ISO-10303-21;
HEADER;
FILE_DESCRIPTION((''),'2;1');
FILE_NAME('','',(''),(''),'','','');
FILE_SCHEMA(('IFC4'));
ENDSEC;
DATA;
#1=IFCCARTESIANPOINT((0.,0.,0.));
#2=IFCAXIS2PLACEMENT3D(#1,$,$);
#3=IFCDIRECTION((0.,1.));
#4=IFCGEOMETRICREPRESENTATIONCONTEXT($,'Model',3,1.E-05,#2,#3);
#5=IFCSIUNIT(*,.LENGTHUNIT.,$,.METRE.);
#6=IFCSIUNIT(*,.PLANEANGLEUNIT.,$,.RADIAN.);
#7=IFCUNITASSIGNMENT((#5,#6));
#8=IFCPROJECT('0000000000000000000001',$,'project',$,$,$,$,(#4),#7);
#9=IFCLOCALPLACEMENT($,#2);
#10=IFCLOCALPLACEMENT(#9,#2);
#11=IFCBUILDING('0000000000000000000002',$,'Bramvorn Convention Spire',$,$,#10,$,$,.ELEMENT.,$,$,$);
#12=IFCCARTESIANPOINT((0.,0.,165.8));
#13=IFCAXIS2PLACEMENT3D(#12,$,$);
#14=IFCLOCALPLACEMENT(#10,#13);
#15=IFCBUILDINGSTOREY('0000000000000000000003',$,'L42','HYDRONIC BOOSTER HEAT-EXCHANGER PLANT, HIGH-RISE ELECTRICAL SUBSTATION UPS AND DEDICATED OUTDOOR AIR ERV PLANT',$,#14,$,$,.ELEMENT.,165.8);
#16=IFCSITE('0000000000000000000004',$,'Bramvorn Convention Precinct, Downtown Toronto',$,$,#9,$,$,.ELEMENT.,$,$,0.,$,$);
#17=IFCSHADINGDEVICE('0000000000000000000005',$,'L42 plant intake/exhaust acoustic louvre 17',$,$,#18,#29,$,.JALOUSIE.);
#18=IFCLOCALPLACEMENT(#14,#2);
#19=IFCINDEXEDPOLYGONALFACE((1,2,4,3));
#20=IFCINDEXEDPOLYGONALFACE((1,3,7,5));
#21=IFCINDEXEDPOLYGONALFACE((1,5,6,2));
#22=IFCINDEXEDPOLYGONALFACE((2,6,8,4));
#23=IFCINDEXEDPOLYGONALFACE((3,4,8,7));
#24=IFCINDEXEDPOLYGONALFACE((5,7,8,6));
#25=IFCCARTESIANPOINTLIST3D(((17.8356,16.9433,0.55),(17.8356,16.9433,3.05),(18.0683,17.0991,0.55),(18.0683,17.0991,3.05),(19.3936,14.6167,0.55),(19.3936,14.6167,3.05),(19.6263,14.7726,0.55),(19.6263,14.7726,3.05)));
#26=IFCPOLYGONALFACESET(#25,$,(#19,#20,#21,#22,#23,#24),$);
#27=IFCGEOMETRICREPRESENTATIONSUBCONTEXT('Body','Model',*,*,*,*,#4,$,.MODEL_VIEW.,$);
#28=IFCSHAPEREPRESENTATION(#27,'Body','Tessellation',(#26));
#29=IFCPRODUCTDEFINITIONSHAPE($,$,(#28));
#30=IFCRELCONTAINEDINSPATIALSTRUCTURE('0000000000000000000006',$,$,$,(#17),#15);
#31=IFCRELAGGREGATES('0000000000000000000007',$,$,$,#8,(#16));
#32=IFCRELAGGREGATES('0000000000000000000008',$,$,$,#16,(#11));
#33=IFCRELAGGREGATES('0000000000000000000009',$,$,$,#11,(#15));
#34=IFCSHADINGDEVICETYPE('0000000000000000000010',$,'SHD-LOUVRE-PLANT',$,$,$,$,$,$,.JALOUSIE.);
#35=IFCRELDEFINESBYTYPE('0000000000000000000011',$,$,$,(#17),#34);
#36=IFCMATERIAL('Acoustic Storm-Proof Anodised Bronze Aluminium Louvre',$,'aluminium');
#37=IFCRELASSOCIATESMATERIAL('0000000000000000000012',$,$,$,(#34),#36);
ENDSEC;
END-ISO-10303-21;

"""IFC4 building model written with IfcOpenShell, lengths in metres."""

from ifc_helpers import new_model, si_unit, direction, frame, origin, origin_2d, place, context, subcontext, project, spatial, rectangle, extrude, material, type_object, element, save


model = new_model("IFC4")

# Units and contexts
model_context = context("Model", 3, precision=1e-05, world=origin(), true_north=direction((0.0, 1.0)))
body_context = subcontext(model_context, "Body", "Model", "MODEL_VIEW")
ifc_project = project(units=[si_unit("LENGTHUNIT", "METRE"), si_unit("PLANEANGLEUNIT", "RADIAN")], contexts=[model_context])

# Site, building, storey
site_placement = place(None, origin())
site = spatial("IfcSite", under=ifc_project, at=site_placement, Name="Bramvorn Convention Precinct, Downtown Toronto", CompositionType="ELEMENT", RefElevation=0.0)
building_placement = place(site_placement, origin())
building = spatial("IfcBuilding", under=site, at=building_placement, Name="Bramvorn Convention Spire", CompositionType="ELEMENT")
storey_placement = place(building_placement, frame((0.0, 0.0, 165.8)))
storey = spatial("IfcBuildingStorey", under=building, at=storey_placement, Name="L42", Description="HYDRONIC BOOSTER HEAT-EXCHANGER PLANT, HIGH-RISE ELECTRICAL SUBSTATION UPS AND DEDICATED OUTDOOR AIR ERV PLANT", CompositionType="ELEMENT", Elevation=165.8)

# Shading device
ifc_material_1 = material(Name="Acoustic Storm-Proof Anodised Bronze Aluminium Louvre", Category="aluminium")
shading_device_type = type_object("IfcShadingDeviceType", Name="SHD-LOUVRE-PLANT", PredefinedType="JALOUSIE", material=ifc_material_1)
shading_device_placement = place(storey_placement, frame((18.731, 15.8579, 0.55), z_axis=(0.0, 0.0, 1.0), x_axis=(-0.556439, 0.830889, 0.0)))
element("IfcShadingDevice", 1, at=shading_device_placement, inside=storey, type_object=shading_device_type, Name="L42 plant intake/exhaust acoustic louvre 17", PredefinedType="JALOUSIE", context=body_context, shape_type="SweptSolid", body=[
    extrude(rectangle(XDim=2.8, YDim=0.28, at=origin_2d()), origin(), (0.0, 0.0, 1.0), 2.5),
])

save(model, "model.ifc")
